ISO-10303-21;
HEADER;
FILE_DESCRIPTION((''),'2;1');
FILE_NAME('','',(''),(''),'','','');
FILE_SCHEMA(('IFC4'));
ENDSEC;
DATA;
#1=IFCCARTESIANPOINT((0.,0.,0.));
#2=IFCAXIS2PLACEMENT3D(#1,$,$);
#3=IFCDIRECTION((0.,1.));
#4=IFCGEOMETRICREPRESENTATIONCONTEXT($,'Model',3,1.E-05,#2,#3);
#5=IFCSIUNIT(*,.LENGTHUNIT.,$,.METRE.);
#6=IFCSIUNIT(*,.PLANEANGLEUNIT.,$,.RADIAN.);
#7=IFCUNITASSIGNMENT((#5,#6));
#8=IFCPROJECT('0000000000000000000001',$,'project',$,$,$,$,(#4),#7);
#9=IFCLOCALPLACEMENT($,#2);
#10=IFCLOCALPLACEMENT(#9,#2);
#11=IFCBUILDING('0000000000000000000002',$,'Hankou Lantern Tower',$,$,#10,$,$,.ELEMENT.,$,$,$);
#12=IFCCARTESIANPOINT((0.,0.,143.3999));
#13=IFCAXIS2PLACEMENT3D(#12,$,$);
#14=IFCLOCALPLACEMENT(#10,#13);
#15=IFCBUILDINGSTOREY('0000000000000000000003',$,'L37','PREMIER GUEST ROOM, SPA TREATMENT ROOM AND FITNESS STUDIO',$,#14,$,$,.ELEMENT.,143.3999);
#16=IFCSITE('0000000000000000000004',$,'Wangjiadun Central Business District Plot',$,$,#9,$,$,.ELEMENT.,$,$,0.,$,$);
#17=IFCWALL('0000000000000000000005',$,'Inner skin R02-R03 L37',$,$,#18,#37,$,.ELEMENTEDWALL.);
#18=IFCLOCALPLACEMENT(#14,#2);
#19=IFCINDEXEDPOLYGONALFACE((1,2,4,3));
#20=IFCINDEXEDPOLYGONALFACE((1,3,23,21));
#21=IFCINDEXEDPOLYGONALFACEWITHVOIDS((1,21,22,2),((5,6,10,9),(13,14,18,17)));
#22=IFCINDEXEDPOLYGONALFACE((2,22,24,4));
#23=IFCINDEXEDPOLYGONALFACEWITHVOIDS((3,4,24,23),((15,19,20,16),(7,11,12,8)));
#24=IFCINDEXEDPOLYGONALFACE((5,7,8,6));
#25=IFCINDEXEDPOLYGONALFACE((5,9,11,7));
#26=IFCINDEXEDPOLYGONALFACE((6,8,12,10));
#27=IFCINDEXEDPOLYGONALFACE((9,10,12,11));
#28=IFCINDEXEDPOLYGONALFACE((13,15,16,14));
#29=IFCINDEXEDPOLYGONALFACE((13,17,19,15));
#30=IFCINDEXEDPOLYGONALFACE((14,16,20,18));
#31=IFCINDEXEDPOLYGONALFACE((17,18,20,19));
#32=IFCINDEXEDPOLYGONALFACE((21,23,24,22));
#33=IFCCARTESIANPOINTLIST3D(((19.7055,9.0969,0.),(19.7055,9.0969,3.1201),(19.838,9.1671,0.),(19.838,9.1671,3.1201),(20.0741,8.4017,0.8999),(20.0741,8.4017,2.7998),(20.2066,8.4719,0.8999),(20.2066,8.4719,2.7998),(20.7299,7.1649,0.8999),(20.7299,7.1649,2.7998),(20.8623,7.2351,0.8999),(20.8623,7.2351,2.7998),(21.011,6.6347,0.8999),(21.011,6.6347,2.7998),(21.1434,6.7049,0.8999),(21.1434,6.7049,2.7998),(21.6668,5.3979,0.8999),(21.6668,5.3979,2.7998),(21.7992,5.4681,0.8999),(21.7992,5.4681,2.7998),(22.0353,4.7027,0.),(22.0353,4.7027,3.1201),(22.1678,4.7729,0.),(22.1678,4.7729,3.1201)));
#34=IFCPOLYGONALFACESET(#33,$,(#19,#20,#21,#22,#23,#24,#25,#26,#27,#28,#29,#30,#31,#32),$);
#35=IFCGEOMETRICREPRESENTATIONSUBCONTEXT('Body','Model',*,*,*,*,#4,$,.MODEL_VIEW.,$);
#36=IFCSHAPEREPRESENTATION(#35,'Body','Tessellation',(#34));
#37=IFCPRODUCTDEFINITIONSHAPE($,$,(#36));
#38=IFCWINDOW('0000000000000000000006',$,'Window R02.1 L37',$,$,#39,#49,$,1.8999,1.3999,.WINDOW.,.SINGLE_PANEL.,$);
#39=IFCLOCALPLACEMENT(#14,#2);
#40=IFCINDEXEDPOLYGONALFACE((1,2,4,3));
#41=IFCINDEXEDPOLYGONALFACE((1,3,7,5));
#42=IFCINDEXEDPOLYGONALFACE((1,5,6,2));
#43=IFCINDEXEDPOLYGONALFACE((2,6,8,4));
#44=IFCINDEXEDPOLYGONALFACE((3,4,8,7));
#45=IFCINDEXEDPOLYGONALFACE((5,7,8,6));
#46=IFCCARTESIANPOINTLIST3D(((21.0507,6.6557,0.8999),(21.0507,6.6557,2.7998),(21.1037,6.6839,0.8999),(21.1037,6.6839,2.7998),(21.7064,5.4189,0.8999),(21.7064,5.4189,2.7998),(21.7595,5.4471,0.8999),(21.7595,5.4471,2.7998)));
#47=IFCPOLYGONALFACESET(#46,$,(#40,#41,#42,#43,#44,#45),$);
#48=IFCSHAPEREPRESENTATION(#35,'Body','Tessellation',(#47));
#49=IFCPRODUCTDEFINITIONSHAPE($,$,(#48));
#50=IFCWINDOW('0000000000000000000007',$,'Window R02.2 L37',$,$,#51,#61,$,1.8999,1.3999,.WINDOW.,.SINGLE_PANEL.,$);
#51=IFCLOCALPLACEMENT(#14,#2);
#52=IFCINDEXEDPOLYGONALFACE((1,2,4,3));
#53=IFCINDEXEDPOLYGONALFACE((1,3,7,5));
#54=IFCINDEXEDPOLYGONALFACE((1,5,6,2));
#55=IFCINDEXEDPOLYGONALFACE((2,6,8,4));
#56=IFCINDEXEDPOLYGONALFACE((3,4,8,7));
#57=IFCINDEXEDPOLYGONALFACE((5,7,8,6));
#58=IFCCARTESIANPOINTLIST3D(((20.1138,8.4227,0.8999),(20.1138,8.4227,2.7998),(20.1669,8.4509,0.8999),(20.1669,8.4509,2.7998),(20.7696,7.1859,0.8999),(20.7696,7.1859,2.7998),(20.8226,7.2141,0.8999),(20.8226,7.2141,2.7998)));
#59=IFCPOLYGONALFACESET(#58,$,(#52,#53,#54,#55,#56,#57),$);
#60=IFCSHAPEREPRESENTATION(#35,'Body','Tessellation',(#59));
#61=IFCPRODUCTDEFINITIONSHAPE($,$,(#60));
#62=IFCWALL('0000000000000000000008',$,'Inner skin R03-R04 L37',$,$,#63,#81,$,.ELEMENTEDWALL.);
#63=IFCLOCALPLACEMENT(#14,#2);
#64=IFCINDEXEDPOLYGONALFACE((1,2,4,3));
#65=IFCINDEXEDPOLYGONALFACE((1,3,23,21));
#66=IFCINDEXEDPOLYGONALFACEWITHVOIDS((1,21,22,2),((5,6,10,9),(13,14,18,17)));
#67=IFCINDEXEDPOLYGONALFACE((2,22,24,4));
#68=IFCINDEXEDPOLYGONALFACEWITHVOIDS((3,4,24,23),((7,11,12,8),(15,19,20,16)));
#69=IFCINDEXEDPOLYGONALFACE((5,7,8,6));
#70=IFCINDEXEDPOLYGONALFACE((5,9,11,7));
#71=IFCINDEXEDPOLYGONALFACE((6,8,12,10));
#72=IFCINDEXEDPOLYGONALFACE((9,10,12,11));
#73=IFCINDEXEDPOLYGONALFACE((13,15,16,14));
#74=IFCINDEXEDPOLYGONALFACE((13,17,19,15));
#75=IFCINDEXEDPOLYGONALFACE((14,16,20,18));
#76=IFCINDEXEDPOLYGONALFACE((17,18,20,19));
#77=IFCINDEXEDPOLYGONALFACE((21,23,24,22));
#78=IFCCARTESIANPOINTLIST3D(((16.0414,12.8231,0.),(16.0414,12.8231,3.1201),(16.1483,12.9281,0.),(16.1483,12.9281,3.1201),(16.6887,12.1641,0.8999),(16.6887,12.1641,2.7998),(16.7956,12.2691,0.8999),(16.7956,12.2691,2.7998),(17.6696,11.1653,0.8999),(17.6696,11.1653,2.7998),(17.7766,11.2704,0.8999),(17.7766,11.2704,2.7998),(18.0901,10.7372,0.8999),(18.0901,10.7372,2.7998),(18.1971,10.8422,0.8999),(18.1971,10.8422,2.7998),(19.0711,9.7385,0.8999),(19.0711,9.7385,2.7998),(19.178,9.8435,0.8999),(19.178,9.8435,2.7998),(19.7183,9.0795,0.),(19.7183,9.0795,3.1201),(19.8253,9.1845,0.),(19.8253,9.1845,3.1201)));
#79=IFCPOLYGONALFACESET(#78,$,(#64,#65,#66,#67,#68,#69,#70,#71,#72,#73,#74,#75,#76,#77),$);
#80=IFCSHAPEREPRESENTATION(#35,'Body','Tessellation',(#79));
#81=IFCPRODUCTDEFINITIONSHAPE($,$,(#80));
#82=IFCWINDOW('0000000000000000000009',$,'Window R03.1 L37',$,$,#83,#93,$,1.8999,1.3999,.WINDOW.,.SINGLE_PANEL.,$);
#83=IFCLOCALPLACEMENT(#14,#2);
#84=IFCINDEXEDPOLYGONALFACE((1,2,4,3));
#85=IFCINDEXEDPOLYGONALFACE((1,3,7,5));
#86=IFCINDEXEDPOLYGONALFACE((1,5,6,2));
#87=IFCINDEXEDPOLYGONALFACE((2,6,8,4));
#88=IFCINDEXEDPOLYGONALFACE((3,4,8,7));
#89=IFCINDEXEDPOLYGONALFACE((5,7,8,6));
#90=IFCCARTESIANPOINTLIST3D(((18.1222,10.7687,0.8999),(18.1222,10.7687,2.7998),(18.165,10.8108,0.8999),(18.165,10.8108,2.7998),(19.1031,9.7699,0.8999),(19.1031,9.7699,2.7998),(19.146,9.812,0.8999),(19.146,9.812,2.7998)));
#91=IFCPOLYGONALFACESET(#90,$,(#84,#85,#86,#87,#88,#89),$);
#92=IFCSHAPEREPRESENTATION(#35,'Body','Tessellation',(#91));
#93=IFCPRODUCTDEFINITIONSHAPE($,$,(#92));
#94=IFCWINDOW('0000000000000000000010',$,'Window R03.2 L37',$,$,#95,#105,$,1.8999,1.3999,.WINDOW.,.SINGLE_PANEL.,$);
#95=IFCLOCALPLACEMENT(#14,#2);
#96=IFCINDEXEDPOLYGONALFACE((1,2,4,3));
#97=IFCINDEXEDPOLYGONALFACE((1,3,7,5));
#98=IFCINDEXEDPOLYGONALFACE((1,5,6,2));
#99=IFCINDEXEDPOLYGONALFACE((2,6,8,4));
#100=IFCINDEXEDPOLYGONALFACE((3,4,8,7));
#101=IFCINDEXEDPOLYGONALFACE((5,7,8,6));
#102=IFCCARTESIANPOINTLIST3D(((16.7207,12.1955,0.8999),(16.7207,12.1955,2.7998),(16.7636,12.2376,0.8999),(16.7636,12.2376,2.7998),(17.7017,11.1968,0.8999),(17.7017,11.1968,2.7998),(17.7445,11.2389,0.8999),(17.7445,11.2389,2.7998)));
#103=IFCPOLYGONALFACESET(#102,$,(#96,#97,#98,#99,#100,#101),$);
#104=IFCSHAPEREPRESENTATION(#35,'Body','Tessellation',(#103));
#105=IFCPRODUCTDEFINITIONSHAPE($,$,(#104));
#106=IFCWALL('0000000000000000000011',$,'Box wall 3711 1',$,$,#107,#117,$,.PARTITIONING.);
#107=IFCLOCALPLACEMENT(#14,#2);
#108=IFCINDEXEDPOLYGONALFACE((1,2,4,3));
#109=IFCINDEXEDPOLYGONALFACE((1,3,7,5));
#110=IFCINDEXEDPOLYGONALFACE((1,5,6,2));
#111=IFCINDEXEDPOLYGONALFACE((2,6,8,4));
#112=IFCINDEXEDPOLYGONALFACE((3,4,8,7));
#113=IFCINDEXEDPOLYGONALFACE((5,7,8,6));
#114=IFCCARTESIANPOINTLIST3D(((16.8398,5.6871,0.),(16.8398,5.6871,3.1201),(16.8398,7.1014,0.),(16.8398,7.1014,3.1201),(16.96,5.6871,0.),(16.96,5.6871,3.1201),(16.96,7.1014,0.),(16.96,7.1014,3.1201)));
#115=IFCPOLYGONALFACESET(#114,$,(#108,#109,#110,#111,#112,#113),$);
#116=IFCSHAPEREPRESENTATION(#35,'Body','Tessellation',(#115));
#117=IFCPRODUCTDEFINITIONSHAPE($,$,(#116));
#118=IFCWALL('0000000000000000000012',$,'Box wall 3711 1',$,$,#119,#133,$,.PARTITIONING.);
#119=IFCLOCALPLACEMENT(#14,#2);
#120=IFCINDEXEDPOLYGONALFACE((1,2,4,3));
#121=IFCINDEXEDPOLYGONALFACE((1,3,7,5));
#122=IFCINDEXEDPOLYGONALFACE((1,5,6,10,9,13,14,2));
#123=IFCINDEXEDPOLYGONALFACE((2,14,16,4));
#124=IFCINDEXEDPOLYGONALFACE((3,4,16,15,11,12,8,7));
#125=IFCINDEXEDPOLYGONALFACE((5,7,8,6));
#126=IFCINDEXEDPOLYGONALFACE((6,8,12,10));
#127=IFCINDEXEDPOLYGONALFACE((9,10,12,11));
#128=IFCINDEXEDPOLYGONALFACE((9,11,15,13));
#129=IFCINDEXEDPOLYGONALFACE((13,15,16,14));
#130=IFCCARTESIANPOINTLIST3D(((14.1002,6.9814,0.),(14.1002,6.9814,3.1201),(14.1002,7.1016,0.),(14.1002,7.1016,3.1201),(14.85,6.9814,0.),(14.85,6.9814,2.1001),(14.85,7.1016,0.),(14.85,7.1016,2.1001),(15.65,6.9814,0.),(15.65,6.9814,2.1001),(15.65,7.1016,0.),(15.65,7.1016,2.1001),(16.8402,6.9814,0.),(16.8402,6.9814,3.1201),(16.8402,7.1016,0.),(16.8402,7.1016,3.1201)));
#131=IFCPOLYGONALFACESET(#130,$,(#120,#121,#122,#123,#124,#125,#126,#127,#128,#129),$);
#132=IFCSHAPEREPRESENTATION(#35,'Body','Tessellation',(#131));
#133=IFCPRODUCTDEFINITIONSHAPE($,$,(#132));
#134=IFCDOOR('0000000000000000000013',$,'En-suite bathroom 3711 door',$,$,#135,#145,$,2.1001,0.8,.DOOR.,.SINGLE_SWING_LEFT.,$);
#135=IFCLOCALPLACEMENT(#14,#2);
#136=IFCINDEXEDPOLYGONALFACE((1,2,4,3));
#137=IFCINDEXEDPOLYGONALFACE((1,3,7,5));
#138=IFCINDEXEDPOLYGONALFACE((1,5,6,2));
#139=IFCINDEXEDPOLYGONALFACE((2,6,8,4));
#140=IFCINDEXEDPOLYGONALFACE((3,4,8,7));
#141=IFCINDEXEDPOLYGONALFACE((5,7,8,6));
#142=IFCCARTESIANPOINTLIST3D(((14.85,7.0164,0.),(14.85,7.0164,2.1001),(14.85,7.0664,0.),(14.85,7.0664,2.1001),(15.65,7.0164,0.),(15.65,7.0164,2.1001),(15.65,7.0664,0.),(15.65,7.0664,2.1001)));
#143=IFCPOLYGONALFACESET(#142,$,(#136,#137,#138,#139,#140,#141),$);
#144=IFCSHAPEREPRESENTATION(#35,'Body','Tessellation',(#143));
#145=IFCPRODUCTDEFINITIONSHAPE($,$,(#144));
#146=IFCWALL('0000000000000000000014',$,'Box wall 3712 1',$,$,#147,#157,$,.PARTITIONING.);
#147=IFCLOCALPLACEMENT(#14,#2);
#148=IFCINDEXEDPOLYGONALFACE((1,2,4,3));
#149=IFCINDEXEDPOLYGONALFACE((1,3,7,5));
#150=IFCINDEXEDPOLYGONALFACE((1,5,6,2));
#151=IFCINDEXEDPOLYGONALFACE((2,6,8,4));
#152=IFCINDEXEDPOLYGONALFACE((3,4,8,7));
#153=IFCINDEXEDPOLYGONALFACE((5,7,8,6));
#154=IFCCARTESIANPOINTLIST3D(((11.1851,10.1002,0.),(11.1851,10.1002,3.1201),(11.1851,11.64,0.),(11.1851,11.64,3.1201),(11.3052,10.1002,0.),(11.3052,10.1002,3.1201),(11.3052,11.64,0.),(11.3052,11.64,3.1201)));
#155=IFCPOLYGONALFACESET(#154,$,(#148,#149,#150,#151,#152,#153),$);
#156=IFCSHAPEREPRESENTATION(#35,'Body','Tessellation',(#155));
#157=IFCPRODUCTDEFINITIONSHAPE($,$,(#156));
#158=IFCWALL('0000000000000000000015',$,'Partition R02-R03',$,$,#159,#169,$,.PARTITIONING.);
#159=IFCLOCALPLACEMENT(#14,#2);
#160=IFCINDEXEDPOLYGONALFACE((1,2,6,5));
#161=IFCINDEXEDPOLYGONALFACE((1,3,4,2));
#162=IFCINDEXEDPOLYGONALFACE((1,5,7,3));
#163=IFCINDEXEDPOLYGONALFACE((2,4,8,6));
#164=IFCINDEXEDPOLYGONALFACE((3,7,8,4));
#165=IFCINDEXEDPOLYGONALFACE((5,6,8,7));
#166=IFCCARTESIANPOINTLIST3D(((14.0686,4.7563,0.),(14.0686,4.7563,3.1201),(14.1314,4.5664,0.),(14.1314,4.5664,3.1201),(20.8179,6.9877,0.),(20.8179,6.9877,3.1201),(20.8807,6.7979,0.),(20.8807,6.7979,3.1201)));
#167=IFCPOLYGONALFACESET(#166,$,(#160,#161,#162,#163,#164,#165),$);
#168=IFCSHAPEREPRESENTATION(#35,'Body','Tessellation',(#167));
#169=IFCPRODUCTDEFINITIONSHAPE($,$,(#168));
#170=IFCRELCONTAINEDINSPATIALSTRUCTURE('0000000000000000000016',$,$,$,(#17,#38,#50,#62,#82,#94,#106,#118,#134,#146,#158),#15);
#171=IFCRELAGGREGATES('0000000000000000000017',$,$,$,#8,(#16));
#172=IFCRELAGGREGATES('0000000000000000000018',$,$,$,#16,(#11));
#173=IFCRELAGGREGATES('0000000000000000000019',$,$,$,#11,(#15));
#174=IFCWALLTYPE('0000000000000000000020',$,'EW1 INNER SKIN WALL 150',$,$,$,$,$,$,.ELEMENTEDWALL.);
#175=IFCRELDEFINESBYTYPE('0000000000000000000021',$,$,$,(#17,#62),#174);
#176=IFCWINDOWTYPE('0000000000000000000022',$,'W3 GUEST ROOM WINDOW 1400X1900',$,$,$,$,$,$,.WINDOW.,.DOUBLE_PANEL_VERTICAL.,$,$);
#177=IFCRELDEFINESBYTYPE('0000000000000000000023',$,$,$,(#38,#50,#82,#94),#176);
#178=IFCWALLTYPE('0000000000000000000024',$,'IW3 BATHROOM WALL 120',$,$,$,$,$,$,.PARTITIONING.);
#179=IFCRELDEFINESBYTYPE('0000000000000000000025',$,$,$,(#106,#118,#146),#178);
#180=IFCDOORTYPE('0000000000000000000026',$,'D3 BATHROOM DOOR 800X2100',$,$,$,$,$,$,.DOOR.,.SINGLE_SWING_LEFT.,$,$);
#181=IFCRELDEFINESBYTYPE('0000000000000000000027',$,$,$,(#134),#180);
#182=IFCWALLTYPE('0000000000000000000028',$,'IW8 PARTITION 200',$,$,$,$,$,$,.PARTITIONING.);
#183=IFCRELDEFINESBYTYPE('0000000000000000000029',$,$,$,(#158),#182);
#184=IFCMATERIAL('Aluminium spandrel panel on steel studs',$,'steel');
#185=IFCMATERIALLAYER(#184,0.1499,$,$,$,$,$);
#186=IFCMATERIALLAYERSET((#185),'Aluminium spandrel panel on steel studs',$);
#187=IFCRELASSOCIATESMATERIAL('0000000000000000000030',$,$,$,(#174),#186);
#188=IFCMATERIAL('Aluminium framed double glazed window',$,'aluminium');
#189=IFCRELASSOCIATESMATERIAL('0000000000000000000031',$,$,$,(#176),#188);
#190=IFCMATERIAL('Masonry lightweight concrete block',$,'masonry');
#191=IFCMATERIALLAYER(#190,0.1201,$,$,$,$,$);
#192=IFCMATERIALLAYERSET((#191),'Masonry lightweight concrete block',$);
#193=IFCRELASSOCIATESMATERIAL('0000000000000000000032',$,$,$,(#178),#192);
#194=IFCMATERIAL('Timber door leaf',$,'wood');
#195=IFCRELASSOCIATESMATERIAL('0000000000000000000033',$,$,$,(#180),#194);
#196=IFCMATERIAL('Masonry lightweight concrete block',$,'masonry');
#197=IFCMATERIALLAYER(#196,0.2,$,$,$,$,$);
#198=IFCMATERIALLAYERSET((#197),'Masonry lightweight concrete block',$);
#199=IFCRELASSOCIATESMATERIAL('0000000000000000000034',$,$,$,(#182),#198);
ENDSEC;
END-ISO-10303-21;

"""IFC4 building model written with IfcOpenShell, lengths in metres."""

from ifc_helpers import new_model, si_unit, direction, frame, frame_2d, origin, place, context, subcontext, project, spatial, rectangle, extrude, material, layer, layer_set, type_object, element, fill, save


model = new_model("IFC4")

# Units and contexts
model_context = context("Model", 3, precision=1e-05, world=origin(), true_north=direction((0.0, 1.0)))
body_context = subcontext(model_context, "Body", "Model", "MODEL_VIEW")
ifc_project = project(units=[si_unit("LENGTHUNIT", "METRE"), si_unit("PLANEANGLEUNIT", "RADIAN")], contexts=[model_context])

# Site, building, storey
site_placement = place(None, origin())
site = spatial("IfcSite", under=ifc_project, at=site_placement, Name="Wangjiadun Central Business District Plot", CompositionType="ELEMENT", RefElevation=0.0)
building_placement = place(site_placement, origin())
building = spatial("IfcBuilding", under=site, at=building_placement, Name="Hankou Lantern Tower", CompositionType="ELEMENT")
storey_placement = place(building_placement, frame((0.0, 0.0, 143.3999)))
storey = spatial("IfcBuildingStorey", under=building, at=storey_placement, Name="L37", Description="PREMIER GUEST ROOM, SPA TREATMENT ROOM AND FITNESS STUDIO", CompositionType="ELEMENT", Elevation=143.3999)

# Walls, openings, windows
ifc_material_1 = material(Name="Aluminium spandrel panel on steel studs", Category="steel")
ifc_layer_1 = layer(ifc_material_1, 0.1499)
ifc_layer_set_1 = layer_set([ifc_layer_1], Name="Aluminium spandrel panel on steel studs")
wall_type_1 = type_object("IfcWallType", Name="EW1 INNER SKIN WALL 150", PredefinedType="ELEMENTEDWALL", material=ifc_layer_set_1)
wall_1_placement = place(storey_placement, frame((22.1016, 4.7378, 0.0), z_axis=(0.0, 0.0, 1.0), x_axis=(-0.468429, 0.883501, 0.0)))
wall_1 = element("IfcWall", 1, at=wall_1_placement, inside=storey, type_object=wall_type_1, Name="Inner skin R02-R03 L37", PredefinedType="ELEMENTEDWALL", context=body_context, shape_type="SweptSolid", body=[
    extrude(rectangle(XDim=4.9736, YDim=0.1499, at=frame_2d((2.4868, 0.0))), origin(), (0.0, 0.0, 1.0), 3.1201),
])
opening_1_placement = place(wall_1_placement, frame((0.7869, 0.0, 0.8999)))
opening_1 = element("IfcOpeningElement", 2, at=opening_1_placement, cuts=wall_1, PredefinedType="OPENING", context=body_context, shape_type="SweptSolid", body=[
    extrude(rectangle(XDim=1.3999, YDim=1.8999, at=frame_2d((0.7, 0.95))), frame((0.0, 0.085, 0.0), z_axis=(0.0, -1.0, 0.0), x_axis=(1.0, 0.0, 0.0)), (0.0, 0.0, 1.0), 0.1699),
])
opening_2_placement = place(wall_1_placement, frame((2.7869, 0.0, 0.8999)))
opening_2 = element("IfcOpeningElement", 3, at=opening_2_placement, cuts=wall_1, PredefinedType="OPENING", context=body_context, shape_type="SweptSolid", body=[
    extrude(rectangle(XDim=1.3999, YDim=1.8999, at=frame_2d((0.7, 0.95))), frame((0.0, 0.085, 0.0), z_axis=(0.0, -1.0, 0.0), x_axis=(1.0, 0.0, 0.0)), (0.0, 0.0, 1.0), 0.1699),
])
ifc_material_2 = material(Name="Aluminium framed double glazed window", Category="aluminium")
window_type = type_object("IfcWindowType", Name="W3 GUEST ROOM WINDOW 1400X1900", PartitioningType="DOUBLE_PANEL_VERTICAL", PredefinedType="WINDOW", material=ifc_material_2)
window_1_placement = place(opening_1_placement, origin())
window_1 = element("IfcWindow", 4, at=window_1_placement, inside=storey, type_object=window_type, Name="Window R02.1 L37", OverallHeight=1.8999, OverallWidth=1.3999, PartitioningType="SINGLE_PANEL", PredefinedType="WINDOW", context=body_context, shape_type="SweptSolid", body=[
    extrude(rectangle(XDim=1.3999, YDim=1.8999, at=frame_2d((0.7, 0.95))), frame((0.0, 0.03, 0.0), z_axis=(0.0, -1.0, 0.0), x_axis=(1.0, 0.0, 0.0)), (0.0, 0.0, 1.0), 0.0601),
])
fill(opening_1, window_1)
window_2_placement = place(opening_2_placement, origin())
window_2 = element("IfcWindow", 5, at=window_2_placement, inside=storey, type_object=window_type, Name="Window R02.2 L37", OverallHeight=1.8999, OverallWidth=1.3999, PartitioningType="SINGLE_PANEL", PredefinedType="WINDOW", context=body_context, shape_type="SweptSolid", body=[
    extrude(rectangle(XDim=1.3999, YDim=1.8999, at=frame_2d((0.7, 0.95))), frame((0.0, 0.03, 0.0), z_axis=(0.0, -1.0, 0.0), x_axis=(1.0, 0.0, 0.0)), (0.0, 0.0, 1.0), 0.0601),
])
fill(opening_2, window_2)
wall_2_placement = place(storey_placement, frame((19.7717, 9.1321, 0.0), z_axis=(0.0, 0.0, 1.0), x_axis=(-0.700727, 0.713429, 0.0)))
wall_2 = element("IfcWall", 6, at=wall_2_placement, inside=storey, type_object=wall_type_1, Name="Inner skin R03-R04 L37", PredefinedType="ELEMENTEDWALL", context=body_context, shape_type="SweptSolid", body=[
    extrude(rectangle(XDim=5.2473, YDim=0.1499, at=frame_2d((2.6235, 0.0))), origin(), (0.0, 0.0, 1.0), 3.1201),
])
opening_3_placement = place(wall_2_placement, frame((0.9236, 0.0, 0.8999)))
opening_3 = element("IfcOpeningElement", 7, at=opening_3_placement, cuts=wall_2, PredefinedType="OPENING", context=body_context, shape_type="SweptSolid", body=[
    extrude(rectangle(XDim=1.3999, YDim=1.8999, at=frame_2d((0.7, 0.95))), frame((0.0, 0.085, 0.0), z_axis=(0.0, -1.0, 0.0), x_axis=(1.0, 0.0, 0.0)), (0.0, 0.0, 1.0), 0.1699),
])
opening_4_placement = place(wall_2_placement, frame((2.9236, 0.0, 0.8999)))
opening_4 = element("IfcOpeningElement", 8, at=opening_4_placement, cuts=wall_2, PredefinedType="OPENING", context=body_context, shape_type="SweptSolid", body=[
    extrude(rectangle(XDim=1.3999, YDim=1.8999, at=frame_2d((0.7, 0.95))), frame((0.0, 0.085, 0.0), z_axis=(0.0, -1.0, 0.0), x_axis=(1.0, 0.0, 0.0)), (0.0, 0.0, 1.0), 0.1699),
])
window_3_placement = place(opening_3_placement, origin())
window_3 = element("IfcWindow", 9, at=window_3_placement, inside=storey, type_object=window_type, Name="Window R03.1 L37", OverallHeight=1.8999, OverallWidth=1.3999, PartitioningType="SINGLE_PANEL", PredefinedType="WINDOW", context=body_context, shape_type="SweptSolid", body=[
    extrude(rectangle(XDim=1.3999, YDim=1.8999, at=frame_2d((0.7, 0.95))), frame((0.0, 0.03, 0.0), z_axis=(0.0, -1.0, 0.0), x_axis=(1.0, 0.0, 0.0)), (0.0, 0.0, 1.0), 0.0601),
])
fill(opening_3, window_3)
window_4_placement = place(opening_4_placement, origin())
window_4 = element("IfcWindow", 10, at=window_4_placement, inside=storey, type_object=window_type, Name="Window R03.2 L37", OverallHeight=1.8999, OverallWidth=1.3999, PartitioningType="SINGLE_PANEL", PredefinedType="WINDOW", context=body_context, shape_type="SweptSolid", body=[
    extrude(rectangle(XDim=1.3999, YDim=1.8999, at=frame_2d((0.7, 0.95))), frame((0.0, 0.03, 0.0), z_axis=(0.0, -1.0, 0.0), x_axis=(1.0, 0.0, 0.0)), (0.0, 0.0, 1.0), 0.0601),
])
fill(opening_4, window_4)

# Wall
ifc_material_3 = material(Name="Masonry lightweight concrete block", Category="masonry")
ifc_layer_2 = layer(ifc_material_3, 0.1201)
ifc_layer_set_2 = layer_set([ifc_layer_2], Name="Masonry lightweight concrete block")
wall_type_2 = type_object("IfcWallType", Name="IW3 BATHROOM WALL 120", PredefinedType="PARTITIONING", material=ifc_layer_set_2)
wall_3_placement = place(storey_placement, frame((16.8999, 5.6873, 0.0), z_axis=(0.0, 0.0, 1.0), x_axis=(0.0, 1.0, 0.0)))
element("IfcWall", 11, at=wall_3_placement, inside=storey, type_object=wall_type_2, Name="Box wall 3711 1", PredefinedType="PARTITIONING", context=body_context, shape_type="SweptSolid", body=[
    extrude(rectangle(XDim=1.4143, YDim=0.1201, at=frame_2d((0.707, 0.0))), origin(), (0.0, 0.0, 1.0), 3.1201),
])

# Wall, opening, door
wall_4_placement = place(storey_placement, frame((14.1001, 7.0415, 0.0), z_axis=(0.0, 0.0, 1.0), x_axis=(1.0, 0.0, 0.0)))
wall_4 = element("IfcWall", 12, at=wall_4_placement, inside=storey, type_object=wall_type_2, Name="Box wall 3711 1", PredefinedType="PARTITIONING", context=body_context, shape_type="SweptSolid", body=[
    extrude(rectangle(XDim=2.74, YDim=0.1201, at=frame_2d((1.3701, 0.0))), origin(), (0.0, 0.0, 1.0), 3.1201),
])
opening_5_placement = place(wall_4_placement, frame((0.75, 0.0, 0.0)))
opening_5 = element("IfcOpeningElement", 13, at=opening_5_placement, cuts=wall_4, PredefinedType="OPENING", context=body_context, shape_type="SweptSolid", body=[
    extrude(rectangle(XDim=0.8, YDim=2.1001, at=frame_2d((0.3999, 1.05))), frame((0.0, 0.0701, 0.0), z_axis=(0.0, -1.0, 0.0), x_axis=(1.0, 0.0, 0.0)), (0.0, 0.0, 1.0), 0.1401),
])
ifc_material_4 = material(Name="Timber door leaf", Category="wood")
door_type = type_object("IfcDoorType", Name="D3 BATHROOM DOOR 800X2100", OperationType="SINGLE_SWING_LEFT", PredefinedType="DOOR", material=ifc_material_4)
door_placement = place(opening_5_placement, origin())
door = element("IfcDoor", 14, at=door_placement, inside=storey, type_object=door_type, Name="En-suite bathroom 3711 door", OperationType="SINGLE_SWING_LEFT", OverallHeight=2.1001, OverallWidth=0.8, PredefinedType="DOOR", context=body_context, shape_type="SweptSolid", body=[
    extrude(rectangle(XDim=0.8, YDim=2.1001, at=frame_2d((0.3999, 1.05))), frame((0.0, 0.0249, 0.0), z_axis=(0.0, -1.0, 0.0), x_axis=(1.0, 0.0, 0.0)), (0.0, 0.0, 1.0), 0.05),
])
fill(opening_5, door)

# Walls
wall_5_placement = place(storey_placement, frame((11.2451, 10.1001, 0.0), z_axis=(0.0, 0.0, 1.0), x_axis=(0.0, 1.0, 0.0)))
element("IfcWall", 15, at=wall_5_placement, inside=storey, type_object=wall_type_2, Name="Box wall 3712 1", PredefinedType="PARTITIONING", context=body_context, shape_type="SweptSolid", body=[
    extrude(rectangle(XDim=1.5398, YDim=0.1201, at=frame_2d((0.77, 0.0))), origin(), (0.0, 0.0, 1.0), 3.1201),
])
ifc_material_5 = material(Name="Masonry lightweight concrete block", Category="masonry")
ifc_layer_3 = layer(ifc_material_5, 0.2)
ifc_layer_set_3 = layer_set([ifc_layer_3], Name="Masonry lightweight concrete block")
wall_type_3 = type_object("IfcWallType", Name="IW8 PARTITION 200", PredefinedType="PARTITIONING", material=ifc_layer_set_3)
wall_6_placement = place(storey_placement, frame((14.1001, 4.6614, 0.0), z_axis=(0.0, 0.0, 1.0), x_axis=(0.949453, 0.313909, 0.0)))
element("IfcWall", 16, at=wall_6_placement, inside=storey, type_object=wall_type_3, Name="Partition R02-R03", PredefinedType="PARTITIONING", context=body_context, shape_type="SweptSolid", body=[
    extrude(rectangle(XDim=7.1086, YDim=0.2, at=frame_2d((3.5542, 0.0))), origin(), (0.0, 0.0, 1.0), 3.1201),
])

save(model, "model.ifc")
